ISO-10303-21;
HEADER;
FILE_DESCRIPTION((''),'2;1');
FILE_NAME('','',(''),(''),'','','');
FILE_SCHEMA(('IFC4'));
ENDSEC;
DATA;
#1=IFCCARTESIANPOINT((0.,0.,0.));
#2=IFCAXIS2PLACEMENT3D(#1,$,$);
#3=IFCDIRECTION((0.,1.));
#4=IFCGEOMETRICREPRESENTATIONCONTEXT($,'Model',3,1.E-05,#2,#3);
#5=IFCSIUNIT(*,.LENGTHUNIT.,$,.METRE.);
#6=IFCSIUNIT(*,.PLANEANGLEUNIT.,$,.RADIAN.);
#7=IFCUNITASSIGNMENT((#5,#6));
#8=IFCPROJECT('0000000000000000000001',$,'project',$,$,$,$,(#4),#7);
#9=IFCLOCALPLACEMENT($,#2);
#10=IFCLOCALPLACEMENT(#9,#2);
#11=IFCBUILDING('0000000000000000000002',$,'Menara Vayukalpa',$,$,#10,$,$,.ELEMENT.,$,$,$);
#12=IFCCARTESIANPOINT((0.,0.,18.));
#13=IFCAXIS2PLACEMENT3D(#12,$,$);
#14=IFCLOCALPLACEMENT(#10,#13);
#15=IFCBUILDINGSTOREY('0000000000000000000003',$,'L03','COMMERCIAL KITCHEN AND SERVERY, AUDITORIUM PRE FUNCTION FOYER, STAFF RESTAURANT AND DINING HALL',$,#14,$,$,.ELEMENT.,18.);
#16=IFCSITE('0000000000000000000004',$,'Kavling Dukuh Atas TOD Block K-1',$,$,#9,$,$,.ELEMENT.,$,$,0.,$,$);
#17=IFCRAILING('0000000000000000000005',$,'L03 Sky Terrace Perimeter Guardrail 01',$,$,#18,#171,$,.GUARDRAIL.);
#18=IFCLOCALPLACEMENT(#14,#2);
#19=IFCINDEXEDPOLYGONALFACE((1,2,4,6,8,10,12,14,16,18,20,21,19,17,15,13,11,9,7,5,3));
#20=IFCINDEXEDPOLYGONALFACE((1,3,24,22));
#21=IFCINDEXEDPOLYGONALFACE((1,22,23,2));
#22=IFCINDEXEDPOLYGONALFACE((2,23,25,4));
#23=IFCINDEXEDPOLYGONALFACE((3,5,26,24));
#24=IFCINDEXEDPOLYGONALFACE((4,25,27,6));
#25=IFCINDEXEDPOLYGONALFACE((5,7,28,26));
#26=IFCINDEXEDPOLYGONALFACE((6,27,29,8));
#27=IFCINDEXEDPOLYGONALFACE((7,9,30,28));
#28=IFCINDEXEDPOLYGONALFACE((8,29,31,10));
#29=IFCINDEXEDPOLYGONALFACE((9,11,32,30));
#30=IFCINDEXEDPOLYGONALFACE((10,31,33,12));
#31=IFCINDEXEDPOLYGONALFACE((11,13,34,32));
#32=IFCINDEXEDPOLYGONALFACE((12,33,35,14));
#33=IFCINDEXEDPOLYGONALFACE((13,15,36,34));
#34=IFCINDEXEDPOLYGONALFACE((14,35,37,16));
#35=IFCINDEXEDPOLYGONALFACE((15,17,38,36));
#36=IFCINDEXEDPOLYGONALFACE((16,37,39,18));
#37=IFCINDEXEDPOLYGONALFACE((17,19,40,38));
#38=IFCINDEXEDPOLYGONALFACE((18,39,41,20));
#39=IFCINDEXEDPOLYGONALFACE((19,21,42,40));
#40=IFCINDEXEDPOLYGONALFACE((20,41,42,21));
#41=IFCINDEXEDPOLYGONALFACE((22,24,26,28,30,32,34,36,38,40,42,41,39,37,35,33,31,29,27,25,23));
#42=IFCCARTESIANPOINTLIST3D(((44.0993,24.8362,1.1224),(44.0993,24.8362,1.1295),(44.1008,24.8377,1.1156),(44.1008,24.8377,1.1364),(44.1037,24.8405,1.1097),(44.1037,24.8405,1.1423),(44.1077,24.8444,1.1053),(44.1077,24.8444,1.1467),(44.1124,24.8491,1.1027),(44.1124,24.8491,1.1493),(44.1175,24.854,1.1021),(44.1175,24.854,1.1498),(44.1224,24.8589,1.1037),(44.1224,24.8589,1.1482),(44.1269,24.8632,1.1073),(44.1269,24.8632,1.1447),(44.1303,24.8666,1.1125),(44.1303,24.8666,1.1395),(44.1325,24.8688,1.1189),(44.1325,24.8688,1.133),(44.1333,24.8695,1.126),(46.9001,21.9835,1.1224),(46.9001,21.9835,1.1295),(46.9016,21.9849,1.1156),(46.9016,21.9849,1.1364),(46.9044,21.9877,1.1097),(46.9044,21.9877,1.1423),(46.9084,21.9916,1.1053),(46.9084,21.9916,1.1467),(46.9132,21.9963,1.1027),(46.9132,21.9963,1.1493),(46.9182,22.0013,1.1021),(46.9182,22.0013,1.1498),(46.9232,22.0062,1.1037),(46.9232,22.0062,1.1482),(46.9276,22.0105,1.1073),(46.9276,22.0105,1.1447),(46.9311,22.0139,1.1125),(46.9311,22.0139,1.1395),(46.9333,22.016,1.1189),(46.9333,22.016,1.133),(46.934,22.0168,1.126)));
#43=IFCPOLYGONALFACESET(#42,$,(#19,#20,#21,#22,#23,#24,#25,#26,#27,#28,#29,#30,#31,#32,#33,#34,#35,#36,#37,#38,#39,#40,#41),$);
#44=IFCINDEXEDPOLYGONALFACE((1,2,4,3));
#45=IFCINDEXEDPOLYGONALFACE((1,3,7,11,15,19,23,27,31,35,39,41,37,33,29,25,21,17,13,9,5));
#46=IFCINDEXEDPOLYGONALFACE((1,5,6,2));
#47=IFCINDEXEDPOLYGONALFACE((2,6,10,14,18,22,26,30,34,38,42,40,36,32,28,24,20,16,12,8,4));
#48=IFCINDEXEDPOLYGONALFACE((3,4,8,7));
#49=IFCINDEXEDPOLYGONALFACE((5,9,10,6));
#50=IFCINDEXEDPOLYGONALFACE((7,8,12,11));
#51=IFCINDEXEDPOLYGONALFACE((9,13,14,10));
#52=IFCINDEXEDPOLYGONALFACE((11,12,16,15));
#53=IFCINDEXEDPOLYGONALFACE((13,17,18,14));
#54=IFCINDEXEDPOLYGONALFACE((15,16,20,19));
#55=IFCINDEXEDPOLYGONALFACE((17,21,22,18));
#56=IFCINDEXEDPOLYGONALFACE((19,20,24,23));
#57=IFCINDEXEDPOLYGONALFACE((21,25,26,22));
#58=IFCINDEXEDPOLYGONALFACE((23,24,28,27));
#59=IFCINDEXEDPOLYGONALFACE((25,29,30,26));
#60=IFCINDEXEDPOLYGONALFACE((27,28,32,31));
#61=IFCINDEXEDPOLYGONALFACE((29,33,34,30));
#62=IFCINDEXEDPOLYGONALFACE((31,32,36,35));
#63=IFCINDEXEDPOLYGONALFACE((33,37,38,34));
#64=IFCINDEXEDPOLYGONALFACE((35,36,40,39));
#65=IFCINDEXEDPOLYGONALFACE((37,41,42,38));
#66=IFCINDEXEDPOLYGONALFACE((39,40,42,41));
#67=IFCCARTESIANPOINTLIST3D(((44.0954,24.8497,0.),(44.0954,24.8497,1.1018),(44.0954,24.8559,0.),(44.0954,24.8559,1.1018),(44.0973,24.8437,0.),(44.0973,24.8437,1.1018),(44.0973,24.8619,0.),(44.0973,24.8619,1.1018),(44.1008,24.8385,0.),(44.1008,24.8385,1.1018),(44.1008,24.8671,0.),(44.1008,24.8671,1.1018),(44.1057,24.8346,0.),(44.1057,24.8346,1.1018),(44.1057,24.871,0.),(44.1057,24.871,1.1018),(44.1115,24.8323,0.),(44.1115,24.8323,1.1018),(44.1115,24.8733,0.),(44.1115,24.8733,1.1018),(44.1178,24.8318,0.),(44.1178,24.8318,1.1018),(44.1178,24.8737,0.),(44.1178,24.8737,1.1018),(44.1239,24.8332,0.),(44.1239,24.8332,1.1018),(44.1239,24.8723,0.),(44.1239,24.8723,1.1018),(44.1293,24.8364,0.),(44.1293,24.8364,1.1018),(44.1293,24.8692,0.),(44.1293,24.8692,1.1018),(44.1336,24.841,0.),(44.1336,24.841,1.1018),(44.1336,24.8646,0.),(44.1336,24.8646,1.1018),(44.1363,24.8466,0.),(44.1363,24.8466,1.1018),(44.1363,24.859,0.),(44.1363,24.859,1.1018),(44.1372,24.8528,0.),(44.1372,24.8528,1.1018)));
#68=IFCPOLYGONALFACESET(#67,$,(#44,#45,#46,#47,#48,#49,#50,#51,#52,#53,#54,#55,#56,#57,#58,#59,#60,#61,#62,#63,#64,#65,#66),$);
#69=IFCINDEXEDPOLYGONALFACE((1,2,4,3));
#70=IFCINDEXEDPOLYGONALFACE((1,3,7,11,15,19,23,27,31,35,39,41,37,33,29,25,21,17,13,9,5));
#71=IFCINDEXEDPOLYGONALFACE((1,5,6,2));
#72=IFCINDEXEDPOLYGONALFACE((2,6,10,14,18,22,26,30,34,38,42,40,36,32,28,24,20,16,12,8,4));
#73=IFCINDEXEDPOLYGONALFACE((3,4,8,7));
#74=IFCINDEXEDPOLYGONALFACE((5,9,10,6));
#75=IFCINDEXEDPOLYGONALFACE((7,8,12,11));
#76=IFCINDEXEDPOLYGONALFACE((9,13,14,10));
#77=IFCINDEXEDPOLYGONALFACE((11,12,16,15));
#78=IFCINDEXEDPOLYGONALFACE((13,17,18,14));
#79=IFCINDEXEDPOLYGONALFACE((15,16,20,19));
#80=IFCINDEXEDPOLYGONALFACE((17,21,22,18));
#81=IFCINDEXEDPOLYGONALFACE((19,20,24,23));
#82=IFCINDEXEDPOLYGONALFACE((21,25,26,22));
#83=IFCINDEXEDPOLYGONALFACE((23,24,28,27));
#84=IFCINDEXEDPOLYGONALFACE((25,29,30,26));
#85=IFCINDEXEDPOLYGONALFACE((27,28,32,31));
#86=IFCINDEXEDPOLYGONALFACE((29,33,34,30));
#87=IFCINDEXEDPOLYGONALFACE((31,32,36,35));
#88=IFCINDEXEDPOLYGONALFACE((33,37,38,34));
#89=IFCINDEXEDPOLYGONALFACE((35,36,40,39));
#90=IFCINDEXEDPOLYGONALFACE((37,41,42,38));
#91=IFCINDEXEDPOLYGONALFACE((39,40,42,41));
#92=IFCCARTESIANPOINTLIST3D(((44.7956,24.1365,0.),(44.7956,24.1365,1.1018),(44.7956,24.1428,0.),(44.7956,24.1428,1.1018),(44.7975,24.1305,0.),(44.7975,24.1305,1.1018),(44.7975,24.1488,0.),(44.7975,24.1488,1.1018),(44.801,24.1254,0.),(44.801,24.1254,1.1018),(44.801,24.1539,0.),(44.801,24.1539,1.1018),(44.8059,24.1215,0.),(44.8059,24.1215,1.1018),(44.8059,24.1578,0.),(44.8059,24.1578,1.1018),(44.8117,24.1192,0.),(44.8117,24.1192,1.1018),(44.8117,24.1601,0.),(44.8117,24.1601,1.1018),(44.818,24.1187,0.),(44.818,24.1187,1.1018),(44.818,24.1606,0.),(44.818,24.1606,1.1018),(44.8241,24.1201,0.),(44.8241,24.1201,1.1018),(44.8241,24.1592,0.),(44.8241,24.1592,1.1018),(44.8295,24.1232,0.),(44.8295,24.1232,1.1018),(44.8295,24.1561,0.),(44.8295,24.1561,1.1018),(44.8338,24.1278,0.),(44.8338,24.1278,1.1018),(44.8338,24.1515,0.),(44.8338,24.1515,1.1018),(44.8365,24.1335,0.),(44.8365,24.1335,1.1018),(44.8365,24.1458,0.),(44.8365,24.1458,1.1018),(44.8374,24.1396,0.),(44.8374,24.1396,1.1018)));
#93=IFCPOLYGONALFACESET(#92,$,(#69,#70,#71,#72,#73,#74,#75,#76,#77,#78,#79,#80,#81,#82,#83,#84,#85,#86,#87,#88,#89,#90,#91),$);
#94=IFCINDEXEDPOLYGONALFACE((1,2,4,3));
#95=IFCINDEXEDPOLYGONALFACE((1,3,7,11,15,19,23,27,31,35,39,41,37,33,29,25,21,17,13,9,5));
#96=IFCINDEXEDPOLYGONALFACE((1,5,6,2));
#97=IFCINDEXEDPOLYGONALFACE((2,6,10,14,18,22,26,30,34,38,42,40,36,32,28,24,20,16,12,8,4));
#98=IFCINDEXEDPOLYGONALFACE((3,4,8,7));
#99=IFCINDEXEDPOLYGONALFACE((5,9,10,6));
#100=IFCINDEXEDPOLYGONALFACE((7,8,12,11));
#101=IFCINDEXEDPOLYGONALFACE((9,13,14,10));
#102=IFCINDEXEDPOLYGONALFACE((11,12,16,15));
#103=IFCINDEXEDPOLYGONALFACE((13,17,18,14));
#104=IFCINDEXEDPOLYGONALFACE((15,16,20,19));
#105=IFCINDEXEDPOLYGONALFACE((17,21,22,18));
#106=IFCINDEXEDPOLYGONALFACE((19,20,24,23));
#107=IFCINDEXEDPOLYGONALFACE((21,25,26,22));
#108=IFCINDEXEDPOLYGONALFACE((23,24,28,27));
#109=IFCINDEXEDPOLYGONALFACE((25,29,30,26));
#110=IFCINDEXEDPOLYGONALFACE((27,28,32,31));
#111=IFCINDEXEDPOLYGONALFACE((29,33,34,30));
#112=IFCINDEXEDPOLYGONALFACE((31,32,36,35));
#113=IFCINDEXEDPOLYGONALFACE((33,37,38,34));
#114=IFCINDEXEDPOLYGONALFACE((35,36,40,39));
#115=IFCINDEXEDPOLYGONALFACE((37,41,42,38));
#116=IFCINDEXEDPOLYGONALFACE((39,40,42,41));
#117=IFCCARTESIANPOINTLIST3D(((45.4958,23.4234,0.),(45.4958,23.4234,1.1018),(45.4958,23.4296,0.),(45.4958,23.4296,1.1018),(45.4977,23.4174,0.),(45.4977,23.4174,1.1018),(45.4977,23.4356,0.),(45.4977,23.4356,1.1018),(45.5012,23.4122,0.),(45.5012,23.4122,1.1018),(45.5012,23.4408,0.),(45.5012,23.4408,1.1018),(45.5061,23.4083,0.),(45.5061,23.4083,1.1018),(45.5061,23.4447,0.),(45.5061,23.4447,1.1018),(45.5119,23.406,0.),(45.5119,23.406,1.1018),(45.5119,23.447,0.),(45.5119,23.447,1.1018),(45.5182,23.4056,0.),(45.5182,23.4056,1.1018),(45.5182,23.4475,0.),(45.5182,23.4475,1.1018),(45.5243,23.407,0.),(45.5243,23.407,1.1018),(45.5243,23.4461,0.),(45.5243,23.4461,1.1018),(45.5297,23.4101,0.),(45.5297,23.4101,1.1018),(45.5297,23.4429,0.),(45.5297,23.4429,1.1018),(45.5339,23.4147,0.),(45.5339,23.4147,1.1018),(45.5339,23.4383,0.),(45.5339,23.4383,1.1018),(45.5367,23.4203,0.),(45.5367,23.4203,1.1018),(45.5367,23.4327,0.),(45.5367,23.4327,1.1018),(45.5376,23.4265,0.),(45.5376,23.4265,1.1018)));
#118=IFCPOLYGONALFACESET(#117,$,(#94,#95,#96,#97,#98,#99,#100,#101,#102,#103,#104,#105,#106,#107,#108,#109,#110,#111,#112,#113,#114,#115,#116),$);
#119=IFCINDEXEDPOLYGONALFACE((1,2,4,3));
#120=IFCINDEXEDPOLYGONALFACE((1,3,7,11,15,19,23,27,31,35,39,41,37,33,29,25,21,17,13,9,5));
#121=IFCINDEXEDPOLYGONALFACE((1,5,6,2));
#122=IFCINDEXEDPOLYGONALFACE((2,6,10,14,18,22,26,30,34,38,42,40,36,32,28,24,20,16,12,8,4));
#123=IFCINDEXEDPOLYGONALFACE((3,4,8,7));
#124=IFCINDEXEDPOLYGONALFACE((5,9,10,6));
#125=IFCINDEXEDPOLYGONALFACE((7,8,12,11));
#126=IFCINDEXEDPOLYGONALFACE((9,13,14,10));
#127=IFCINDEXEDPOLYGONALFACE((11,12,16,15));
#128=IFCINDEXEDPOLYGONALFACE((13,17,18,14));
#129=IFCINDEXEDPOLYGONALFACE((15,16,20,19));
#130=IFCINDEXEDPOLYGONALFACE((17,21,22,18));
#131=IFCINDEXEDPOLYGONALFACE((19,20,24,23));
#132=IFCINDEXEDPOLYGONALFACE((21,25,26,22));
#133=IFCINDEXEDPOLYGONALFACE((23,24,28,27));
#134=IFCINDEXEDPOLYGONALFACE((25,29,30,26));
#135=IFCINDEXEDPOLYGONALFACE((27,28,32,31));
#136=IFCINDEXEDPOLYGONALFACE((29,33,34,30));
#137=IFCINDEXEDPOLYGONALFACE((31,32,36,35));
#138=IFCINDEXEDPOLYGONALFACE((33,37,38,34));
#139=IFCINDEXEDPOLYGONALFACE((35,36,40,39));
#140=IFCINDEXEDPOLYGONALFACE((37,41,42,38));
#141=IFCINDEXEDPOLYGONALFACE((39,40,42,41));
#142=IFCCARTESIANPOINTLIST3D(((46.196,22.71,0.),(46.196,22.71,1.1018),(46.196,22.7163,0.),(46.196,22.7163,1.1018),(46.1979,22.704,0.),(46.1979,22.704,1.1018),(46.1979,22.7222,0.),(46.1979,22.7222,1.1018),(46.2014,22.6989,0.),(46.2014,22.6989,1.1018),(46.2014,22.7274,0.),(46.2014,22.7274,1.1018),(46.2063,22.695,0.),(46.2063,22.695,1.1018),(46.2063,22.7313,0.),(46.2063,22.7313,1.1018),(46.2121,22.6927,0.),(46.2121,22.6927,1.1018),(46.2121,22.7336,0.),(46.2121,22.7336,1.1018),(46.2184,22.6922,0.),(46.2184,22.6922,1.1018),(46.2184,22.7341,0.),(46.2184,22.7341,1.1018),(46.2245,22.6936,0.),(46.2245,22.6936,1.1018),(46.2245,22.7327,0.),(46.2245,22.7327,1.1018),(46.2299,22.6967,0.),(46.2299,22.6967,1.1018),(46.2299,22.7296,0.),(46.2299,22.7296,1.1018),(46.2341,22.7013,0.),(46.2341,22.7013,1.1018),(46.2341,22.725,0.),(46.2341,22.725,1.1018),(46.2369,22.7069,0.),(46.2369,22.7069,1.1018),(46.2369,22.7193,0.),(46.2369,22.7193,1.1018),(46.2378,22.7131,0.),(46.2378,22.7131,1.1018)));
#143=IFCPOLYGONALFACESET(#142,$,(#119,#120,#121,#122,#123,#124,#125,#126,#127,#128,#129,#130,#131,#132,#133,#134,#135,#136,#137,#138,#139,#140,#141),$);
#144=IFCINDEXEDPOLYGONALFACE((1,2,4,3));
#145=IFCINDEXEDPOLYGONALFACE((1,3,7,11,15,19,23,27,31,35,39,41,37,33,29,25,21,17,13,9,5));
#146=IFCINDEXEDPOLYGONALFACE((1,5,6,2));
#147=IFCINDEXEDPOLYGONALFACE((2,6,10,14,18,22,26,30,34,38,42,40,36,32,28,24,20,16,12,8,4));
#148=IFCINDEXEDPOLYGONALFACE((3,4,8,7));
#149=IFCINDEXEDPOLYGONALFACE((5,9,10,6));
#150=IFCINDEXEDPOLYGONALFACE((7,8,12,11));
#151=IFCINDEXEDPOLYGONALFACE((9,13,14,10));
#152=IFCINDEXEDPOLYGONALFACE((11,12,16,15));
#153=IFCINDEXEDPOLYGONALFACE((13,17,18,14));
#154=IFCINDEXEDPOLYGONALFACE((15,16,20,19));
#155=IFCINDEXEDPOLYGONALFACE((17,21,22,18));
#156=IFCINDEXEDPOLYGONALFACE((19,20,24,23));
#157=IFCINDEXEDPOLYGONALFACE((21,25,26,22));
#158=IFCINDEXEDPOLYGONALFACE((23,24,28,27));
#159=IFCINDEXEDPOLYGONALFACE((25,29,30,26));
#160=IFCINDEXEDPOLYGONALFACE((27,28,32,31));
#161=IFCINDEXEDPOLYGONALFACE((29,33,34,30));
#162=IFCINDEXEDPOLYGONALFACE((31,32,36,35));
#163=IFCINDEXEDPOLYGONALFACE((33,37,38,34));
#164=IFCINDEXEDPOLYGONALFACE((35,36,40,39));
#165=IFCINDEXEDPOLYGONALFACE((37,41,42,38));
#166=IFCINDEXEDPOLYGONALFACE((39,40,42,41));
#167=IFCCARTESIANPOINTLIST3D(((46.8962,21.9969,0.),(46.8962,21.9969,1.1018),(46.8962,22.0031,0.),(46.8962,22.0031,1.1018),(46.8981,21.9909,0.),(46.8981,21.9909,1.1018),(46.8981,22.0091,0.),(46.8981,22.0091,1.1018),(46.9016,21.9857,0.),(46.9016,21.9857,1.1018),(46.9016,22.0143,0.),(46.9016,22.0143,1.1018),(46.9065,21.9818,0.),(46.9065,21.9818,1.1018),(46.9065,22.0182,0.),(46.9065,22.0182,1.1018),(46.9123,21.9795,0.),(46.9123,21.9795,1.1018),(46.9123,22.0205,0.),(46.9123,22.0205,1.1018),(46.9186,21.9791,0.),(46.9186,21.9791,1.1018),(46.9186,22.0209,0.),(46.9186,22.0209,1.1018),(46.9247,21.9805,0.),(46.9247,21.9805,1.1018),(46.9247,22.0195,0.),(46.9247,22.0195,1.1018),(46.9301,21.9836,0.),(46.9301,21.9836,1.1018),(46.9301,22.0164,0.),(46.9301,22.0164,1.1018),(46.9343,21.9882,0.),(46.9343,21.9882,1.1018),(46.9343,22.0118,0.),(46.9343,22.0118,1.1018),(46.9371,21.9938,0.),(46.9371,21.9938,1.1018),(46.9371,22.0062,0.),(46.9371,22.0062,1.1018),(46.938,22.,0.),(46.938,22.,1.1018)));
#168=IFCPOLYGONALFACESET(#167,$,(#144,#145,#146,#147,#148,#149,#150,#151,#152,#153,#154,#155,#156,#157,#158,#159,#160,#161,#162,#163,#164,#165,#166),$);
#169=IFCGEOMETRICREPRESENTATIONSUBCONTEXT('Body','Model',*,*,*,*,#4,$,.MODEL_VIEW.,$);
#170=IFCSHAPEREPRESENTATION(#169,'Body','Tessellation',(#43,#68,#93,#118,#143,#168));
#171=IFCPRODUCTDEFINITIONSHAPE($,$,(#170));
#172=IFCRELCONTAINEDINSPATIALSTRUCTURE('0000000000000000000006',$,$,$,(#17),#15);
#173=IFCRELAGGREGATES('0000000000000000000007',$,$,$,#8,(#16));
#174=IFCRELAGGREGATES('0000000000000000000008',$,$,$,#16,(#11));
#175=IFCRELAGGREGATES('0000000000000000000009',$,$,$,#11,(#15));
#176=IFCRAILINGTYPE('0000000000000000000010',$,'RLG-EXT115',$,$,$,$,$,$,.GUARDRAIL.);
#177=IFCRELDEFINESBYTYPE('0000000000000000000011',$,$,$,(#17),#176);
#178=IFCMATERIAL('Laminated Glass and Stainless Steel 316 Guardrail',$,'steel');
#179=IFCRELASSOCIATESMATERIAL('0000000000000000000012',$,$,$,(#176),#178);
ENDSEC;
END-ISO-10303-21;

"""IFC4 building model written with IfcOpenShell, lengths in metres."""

from ifc_helpers import new_model, si_unit, direction, frame, origin, origin_2d, place, context, subcontext, project, spatial, circle, extrude, material, type_object, element, save


model = new_model("IFC4")

# Units and contexts
model_context = context("Model", 3, precision=1e-05, world=origin(), true_north=direction((0.0, 1.0)))
body_context = subcontext(model_context, "Body", "Model", "MODEL_VIEW")
ifc_project = project(units=[si_unit("LENGTHUNIT", "METRE"), si_unit("PLANEANGLEUNIT", "RADIAN")], contexts=[model_context])

# Site, building, storey
site_placement = place(None, origin())
site = spatial("IfcSite", under=ifc_project, at=site_placement, Name="Kavling Dukuh Atas TOD Block K-1", CompositionType="ELEMENT", RefElevation=0.0)
building_placement = place(site_placement, origin())
building = spatial("IfcBuilding", under=site, at=building_placement, Name="Menara Vayukalpa", CompositionType="ELEMENT")
storey_placement = place(building_placement, frame((0.0, 0.0, 18.0)))
storey = spatial("IfcBuildingStorey", under=building, at=storey_placement, Name="L03", Description="COMMERCIAL KITCHEN AND SERVERY, AUDITORIUM PRE FUNCTION FOYER, STAFF RESTAURANT AND DINING HALL", CompositionType="ELEMENT", Elevation=18.0)

# Railing
ifc_material_1 = material(Name="Laminated Glass and Stainless Steel 316 Guardrail", Category="steel")
railing_type = type_object("IfcRailingType", Name="RLG-EXT115", PredefinedType="GUARDRAIL", material=ifc_material_1)
railing_1_placement = place(storey_placement, frame((44.1162, 24.8528, 0.0)))
element("IfcRailing", 1, at=railing_1_placement, inside=storey, type_object=railing_type, Name="L03 Sky Terrace Perimeter Guardrail 01", PredefinedType="GUARDRAIL", context=body_context, shape_type="SweptSolid", body=[
    extrude(circle(Radius=0.0239, at=origin_2d()), frame((0.0, 0.0, 1.126), z_axis=(0.700573, -0.713581, 0.0), x_axis=(0.713581, 0.700573, 0.0)), (0.0, 0.0, 1.0), 3.9978),
    extrude(circle(Radius=0.021, at=origin_2d()), origin(), (0.0, 0.0, 1.0), 1.1018),
    extrude(circle(Radius=0.021, at=origin_2d()), frame((0.7002, -0.7131, 0.0)), (0.0, 0.0, 1.0), 1.1018),
    extrude(circle(Radius=0.021, at=origin_2d()), frame((1.4004, -1.4263, 0.0)), (0.0, 0.0, 1.0), 1.1018),
    extrude(circle(Radius=0.021, at=origin_2d()), frame((2.1006, -2.1396, 0.0)), (0.0, 0.0, 1.0), 1.1018),
    extrude(circle(Radius=0.021, at=origin_2d()), frame((2.8008, -2.8528, 0.0)), (0.0, 0.0, 1.0), 1.1018),
])

save(model, "model.ifc")
